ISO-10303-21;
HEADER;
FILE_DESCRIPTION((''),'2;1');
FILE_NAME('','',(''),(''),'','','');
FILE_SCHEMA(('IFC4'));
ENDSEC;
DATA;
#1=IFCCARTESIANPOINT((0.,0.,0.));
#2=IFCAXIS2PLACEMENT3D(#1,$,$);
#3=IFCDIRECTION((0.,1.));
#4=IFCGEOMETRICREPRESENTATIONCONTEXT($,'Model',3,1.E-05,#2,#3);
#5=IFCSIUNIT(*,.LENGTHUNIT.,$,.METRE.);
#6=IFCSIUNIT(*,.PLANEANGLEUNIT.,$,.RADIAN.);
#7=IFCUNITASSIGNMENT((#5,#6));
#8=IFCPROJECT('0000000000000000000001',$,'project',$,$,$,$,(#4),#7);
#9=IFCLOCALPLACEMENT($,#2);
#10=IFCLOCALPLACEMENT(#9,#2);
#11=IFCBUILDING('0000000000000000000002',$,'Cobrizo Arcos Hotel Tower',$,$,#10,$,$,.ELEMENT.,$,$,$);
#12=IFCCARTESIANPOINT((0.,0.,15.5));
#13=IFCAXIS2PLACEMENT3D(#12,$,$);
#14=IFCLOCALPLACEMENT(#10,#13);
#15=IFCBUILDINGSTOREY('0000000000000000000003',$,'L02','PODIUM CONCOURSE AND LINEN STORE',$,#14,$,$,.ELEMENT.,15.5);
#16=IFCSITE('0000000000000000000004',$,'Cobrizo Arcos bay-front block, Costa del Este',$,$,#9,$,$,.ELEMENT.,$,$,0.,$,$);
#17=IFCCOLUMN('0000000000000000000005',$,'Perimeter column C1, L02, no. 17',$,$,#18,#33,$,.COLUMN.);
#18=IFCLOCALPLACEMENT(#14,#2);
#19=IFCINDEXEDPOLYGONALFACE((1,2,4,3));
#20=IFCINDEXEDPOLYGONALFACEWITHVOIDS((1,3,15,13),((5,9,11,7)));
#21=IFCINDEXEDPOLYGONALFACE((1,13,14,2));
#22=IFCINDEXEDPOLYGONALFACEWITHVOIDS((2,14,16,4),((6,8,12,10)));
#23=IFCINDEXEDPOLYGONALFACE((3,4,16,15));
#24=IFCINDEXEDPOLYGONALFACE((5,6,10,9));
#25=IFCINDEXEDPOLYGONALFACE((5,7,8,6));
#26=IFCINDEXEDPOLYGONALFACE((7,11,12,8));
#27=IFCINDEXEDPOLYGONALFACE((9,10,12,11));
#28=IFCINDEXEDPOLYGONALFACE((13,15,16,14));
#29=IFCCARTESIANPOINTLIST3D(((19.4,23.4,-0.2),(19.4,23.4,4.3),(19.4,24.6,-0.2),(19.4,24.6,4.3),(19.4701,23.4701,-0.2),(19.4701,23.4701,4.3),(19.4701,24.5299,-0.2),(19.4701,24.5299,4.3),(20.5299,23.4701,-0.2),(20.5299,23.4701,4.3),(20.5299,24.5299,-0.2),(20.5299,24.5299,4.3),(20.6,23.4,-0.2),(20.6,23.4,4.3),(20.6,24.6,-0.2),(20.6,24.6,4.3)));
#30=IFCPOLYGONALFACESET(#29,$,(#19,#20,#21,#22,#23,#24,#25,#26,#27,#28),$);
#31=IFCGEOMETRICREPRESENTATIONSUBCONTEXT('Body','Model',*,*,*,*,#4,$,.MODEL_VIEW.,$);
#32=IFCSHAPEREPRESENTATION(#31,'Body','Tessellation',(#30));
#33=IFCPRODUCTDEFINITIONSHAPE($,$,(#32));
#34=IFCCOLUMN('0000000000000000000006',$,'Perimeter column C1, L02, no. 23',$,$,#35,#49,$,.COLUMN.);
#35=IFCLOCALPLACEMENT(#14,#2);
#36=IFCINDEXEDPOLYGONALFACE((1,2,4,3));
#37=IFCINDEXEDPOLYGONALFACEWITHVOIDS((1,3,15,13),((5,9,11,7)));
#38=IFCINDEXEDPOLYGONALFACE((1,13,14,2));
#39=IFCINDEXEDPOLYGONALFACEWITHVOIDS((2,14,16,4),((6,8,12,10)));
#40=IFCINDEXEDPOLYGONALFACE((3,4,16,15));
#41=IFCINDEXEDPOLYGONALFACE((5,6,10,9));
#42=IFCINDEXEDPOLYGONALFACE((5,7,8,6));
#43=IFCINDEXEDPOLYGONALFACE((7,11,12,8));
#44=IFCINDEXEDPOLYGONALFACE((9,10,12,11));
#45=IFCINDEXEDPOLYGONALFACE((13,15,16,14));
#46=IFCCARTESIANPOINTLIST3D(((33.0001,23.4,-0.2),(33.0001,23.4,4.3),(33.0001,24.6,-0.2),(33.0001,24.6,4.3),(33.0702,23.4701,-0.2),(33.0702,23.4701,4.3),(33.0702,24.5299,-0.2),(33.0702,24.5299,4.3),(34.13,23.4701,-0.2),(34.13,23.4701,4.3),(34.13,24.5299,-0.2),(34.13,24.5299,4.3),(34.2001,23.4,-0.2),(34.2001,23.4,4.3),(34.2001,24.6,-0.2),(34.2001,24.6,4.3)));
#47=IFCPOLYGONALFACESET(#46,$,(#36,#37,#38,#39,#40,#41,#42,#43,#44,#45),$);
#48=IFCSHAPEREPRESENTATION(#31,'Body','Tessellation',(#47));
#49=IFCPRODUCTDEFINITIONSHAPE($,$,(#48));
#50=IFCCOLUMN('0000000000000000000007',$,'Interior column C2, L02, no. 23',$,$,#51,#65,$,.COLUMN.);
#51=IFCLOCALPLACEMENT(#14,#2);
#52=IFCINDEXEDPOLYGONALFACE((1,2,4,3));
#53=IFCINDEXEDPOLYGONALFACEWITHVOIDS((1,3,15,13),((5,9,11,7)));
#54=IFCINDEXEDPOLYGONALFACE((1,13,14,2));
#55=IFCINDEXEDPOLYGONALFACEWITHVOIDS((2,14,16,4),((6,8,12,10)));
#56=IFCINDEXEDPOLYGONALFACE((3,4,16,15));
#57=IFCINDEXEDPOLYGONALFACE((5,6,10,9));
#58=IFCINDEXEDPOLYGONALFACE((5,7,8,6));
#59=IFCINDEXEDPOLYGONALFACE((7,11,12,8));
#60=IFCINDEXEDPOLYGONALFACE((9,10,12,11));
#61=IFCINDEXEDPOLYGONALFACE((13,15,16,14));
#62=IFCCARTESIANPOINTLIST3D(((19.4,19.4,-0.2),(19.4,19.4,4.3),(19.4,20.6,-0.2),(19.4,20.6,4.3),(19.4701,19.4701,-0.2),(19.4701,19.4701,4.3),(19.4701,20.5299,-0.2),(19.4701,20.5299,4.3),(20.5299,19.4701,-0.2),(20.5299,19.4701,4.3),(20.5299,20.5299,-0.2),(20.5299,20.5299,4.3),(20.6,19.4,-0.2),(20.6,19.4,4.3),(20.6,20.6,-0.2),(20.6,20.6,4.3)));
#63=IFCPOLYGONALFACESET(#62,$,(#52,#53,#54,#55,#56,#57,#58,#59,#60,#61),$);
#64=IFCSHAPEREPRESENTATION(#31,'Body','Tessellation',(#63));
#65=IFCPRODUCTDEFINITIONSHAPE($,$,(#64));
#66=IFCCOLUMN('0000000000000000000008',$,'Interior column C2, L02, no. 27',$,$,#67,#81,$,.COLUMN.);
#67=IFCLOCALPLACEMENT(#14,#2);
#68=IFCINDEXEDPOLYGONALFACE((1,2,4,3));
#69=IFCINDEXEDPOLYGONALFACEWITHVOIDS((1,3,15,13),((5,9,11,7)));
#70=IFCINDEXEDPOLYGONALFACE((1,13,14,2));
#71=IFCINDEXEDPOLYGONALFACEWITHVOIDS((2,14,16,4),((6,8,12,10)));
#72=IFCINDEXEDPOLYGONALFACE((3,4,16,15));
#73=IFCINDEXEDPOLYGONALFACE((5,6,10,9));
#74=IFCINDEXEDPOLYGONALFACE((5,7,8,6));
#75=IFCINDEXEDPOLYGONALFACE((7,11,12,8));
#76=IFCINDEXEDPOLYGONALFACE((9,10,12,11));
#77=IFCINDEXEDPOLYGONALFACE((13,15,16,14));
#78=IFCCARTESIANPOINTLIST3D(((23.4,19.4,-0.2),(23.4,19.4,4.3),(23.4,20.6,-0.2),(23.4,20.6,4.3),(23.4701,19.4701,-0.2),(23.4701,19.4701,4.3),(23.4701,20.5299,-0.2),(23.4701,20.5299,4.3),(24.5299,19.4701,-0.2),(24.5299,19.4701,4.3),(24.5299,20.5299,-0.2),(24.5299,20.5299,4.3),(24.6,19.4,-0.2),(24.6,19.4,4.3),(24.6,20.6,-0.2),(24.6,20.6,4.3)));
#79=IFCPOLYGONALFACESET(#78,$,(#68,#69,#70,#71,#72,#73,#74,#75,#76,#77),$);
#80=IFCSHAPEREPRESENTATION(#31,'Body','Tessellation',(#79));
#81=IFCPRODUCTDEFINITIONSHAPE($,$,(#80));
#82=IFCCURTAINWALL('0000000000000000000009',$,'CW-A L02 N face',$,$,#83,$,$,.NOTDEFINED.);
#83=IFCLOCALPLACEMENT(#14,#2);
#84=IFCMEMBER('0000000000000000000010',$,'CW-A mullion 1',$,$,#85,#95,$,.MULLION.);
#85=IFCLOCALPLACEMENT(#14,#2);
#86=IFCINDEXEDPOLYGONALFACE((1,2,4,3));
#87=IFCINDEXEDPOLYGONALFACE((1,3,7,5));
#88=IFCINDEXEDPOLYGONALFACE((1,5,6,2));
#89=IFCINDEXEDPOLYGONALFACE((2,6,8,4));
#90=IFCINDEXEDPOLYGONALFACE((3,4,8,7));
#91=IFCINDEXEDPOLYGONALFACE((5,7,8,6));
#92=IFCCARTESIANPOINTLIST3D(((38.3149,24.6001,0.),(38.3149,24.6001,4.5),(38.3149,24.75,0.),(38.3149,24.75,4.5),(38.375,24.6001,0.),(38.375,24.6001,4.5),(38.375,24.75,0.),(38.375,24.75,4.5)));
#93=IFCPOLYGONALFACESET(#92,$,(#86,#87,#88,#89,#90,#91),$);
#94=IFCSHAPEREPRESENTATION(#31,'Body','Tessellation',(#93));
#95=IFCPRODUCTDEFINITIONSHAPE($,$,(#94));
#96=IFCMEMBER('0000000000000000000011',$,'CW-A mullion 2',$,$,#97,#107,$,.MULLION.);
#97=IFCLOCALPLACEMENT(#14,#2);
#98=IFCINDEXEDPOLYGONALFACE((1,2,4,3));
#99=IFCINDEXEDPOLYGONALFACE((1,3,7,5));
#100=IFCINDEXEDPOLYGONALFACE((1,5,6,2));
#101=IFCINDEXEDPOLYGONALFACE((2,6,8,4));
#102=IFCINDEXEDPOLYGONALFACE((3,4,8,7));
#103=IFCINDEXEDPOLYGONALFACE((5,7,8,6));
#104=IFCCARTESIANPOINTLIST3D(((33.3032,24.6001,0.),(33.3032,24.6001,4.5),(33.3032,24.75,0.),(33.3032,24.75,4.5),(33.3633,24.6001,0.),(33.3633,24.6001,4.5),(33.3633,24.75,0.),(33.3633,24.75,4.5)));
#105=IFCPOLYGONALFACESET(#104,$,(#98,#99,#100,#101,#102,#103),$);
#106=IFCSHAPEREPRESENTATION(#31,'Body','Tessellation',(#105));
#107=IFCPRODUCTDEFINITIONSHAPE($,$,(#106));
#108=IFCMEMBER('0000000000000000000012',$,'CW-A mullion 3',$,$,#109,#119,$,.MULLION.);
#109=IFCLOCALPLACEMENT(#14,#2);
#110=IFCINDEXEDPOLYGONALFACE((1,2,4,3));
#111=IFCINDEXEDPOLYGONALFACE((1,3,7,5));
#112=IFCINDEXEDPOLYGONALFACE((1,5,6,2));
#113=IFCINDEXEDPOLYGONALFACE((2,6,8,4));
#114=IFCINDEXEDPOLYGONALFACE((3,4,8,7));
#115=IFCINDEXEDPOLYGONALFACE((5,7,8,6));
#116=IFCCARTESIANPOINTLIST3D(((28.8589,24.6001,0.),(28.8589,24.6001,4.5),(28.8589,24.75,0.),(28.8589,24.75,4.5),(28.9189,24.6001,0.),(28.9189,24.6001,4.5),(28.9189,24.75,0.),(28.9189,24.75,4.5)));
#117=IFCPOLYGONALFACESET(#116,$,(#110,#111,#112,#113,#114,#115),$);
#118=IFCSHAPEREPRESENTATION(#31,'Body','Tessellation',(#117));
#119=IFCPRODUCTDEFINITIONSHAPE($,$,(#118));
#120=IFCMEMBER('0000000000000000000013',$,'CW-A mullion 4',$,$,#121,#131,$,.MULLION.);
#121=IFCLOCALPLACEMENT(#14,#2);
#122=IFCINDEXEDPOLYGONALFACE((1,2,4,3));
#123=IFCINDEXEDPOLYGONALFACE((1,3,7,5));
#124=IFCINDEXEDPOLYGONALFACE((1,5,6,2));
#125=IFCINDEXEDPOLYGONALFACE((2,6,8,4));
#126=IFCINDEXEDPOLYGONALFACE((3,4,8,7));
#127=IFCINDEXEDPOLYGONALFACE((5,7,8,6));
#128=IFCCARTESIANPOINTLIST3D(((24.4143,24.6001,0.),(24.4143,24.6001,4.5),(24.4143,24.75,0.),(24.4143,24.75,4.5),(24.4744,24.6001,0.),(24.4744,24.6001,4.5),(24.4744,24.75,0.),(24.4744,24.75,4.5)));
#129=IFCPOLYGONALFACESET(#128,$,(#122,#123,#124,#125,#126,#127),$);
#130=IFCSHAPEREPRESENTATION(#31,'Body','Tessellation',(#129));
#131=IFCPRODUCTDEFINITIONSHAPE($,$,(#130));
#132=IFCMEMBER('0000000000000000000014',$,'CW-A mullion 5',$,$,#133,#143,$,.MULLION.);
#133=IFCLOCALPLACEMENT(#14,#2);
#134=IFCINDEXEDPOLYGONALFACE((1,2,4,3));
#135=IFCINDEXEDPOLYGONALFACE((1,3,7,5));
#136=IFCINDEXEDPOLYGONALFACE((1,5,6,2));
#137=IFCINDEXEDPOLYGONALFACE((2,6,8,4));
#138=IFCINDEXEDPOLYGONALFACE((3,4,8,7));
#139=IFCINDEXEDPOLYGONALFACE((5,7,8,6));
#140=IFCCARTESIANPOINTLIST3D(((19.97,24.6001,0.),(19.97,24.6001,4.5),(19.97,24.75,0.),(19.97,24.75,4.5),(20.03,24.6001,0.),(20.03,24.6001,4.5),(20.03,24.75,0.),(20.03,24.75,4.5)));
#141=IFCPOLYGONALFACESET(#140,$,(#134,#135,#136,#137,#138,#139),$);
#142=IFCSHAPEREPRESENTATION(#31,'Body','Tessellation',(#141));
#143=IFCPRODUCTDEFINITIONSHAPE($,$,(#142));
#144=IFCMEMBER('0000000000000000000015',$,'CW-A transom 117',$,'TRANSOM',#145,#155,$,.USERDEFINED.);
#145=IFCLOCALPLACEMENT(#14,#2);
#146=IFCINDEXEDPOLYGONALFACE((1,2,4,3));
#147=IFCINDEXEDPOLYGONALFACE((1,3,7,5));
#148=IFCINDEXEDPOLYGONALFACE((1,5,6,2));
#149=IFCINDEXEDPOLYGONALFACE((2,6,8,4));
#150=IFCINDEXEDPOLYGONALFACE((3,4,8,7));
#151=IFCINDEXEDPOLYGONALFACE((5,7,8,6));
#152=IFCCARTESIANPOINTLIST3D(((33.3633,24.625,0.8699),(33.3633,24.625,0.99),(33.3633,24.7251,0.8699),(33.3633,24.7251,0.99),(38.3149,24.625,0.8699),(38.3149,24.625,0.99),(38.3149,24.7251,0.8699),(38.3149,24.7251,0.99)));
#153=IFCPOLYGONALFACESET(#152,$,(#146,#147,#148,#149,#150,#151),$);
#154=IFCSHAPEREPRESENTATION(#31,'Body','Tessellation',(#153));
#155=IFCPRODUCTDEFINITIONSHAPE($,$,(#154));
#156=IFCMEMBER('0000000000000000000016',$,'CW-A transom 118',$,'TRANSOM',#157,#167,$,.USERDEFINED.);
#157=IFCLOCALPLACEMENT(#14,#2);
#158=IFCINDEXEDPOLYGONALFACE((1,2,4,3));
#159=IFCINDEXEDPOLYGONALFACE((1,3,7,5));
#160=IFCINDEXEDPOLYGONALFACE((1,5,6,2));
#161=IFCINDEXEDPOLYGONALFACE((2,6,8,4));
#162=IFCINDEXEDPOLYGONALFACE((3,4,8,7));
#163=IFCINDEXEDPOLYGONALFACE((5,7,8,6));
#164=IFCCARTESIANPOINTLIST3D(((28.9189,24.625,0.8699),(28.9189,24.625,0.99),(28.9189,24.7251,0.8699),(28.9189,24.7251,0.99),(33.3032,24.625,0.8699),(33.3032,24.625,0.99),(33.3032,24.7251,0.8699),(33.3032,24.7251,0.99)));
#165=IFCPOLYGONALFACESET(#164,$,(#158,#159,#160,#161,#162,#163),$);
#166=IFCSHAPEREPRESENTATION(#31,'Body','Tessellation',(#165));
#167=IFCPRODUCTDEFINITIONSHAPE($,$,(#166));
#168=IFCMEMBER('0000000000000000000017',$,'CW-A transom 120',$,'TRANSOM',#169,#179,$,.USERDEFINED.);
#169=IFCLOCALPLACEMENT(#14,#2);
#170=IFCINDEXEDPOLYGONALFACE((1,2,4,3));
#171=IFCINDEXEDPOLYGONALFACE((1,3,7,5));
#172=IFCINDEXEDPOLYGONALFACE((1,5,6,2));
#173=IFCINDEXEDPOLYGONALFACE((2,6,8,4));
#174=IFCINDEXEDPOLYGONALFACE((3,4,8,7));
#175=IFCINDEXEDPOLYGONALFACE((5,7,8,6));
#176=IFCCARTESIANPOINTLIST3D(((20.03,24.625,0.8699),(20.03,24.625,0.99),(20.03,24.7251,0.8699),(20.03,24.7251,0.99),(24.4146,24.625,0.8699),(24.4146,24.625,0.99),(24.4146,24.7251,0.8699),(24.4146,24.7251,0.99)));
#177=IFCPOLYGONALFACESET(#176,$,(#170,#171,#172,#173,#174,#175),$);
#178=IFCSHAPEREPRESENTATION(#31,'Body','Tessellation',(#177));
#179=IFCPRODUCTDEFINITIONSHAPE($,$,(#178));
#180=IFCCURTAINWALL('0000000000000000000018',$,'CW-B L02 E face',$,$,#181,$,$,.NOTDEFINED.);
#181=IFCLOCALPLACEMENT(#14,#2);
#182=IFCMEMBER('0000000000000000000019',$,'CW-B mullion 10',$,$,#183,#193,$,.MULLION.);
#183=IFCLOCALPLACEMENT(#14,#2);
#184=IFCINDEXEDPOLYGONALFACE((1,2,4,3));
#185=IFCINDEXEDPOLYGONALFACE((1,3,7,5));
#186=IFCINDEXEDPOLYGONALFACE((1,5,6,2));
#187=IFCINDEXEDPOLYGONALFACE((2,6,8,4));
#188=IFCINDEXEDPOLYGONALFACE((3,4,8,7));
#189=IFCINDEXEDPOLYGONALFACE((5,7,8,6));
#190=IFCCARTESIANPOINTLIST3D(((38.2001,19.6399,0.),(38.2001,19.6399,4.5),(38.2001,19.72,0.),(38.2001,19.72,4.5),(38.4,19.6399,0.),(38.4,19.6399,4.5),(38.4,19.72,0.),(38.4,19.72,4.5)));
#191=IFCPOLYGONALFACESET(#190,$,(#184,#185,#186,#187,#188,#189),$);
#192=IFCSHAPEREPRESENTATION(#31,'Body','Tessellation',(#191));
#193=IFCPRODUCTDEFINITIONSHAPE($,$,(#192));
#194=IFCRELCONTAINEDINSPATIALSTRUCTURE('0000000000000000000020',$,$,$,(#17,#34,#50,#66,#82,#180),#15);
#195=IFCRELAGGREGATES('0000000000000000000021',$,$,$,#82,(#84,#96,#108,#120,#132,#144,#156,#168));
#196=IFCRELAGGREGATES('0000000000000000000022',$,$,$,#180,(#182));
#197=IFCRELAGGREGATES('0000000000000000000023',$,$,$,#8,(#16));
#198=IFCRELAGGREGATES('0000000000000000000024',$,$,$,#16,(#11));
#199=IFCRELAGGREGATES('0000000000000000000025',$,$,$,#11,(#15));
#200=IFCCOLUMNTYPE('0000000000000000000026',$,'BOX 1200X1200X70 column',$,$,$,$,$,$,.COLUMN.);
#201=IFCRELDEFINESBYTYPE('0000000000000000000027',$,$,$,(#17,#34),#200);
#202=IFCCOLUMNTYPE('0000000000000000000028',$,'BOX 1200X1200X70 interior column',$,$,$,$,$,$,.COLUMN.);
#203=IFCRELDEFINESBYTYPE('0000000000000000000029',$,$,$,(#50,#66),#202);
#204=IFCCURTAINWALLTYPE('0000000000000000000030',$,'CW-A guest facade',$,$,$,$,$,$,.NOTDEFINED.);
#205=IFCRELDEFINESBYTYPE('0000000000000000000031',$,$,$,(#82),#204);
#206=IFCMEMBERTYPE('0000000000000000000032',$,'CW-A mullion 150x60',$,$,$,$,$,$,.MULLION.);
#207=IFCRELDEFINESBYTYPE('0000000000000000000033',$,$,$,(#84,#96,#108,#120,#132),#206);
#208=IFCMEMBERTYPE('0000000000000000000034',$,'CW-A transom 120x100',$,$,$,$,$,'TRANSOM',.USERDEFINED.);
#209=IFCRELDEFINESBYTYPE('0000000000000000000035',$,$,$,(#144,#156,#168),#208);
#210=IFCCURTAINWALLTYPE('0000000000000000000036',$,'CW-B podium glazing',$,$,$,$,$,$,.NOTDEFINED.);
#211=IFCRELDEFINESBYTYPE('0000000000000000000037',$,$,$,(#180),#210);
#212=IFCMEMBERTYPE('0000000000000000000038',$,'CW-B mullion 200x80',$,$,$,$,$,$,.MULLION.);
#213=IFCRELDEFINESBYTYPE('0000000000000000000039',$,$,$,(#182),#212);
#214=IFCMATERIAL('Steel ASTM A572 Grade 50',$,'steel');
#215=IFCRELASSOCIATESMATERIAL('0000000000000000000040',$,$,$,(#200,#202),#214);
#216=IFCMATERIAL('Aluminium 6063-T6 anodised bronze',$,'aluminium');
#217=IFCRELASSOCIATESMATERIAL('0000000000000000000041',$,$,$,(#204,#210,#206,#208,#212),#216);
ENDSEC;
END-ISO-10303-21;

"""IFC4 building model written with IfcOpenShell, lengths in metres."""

from ifc_helpers import new_model, si_unit, direction, frame, origin, origin_2d, place, context, subcontext, project, spatial, rectangle, hollow_rectangle, extrude, material, material_profile, profile_set, type_object, element, aggregate, save


model = new_model("IFC4")

# Units and contexts
model_context = context("Model", 3, precision=1e-05, world=origin(), true_north=direction((0.0, 1.0)))
body_context = subcontext(model_context, "Body", "Model", "MODEL_VIEW")
ifc_project = project(units=[si_unit("LENGTHUNIT", "METRE"), si_unit("PLANEANGLEUNIT", "RADIAN")], contexts=[model_context])

# Site, building, storey
site_placement = place(None, origin())
site = spatial("IfcSite", under=ifc_project, at=site_placement, Name="Cobrizo Arcos bay-front block, Costa del Este", CompositionType="ELEMENT", RefElevation=0.0)
building_placement = place(site_placement, origin())
building = spatial("IfcBuilding", under=site, at=building_placement, Name="Cobrizo Arcos Hotel Tower", CompositionType="ELEMENT")
storey_placement = place(building_placement, frame((0.0, 0.0, 15.5)))
storey = spatial("IfcBuildingStorey", under=building, at=storey_placement, Name="L02", Description="PODIUM CONCOURSE AND LINEN STORE", CompositionType="ELEMENT", Elevation=15.5)

# Columns
ifc_material_1 = material(Name="Steel ASTM A572 Grade 50", Category="steel")
ifc_material_profile_1 = material_profile(ifc_material_1, hollow_rectangle(XDim=1.2, YDim=1.2, WallThickness=0.0701, at=origin_2d()), Name="BOX 1200X1200X70")
ifc_profile_set_1 = profile_set([ifc_material_profile_1], Name="Steel ASTM A572 Grade 50")
column_type_1 = type_object("IfcColumnType", Name="BOX 1200X1200X70 column", PredefinedType="COLUMN", material=ifc_profile_set_1)
for number, where, z_axis, x_axis, name in (
    (1, (20.0, 24.0, -0.2), (0.0, 0.0, 1.0), (1.0, 0.0, 0.0), "Perimeter column C1, L02, no. 17"),
    (2, (33.6001, 24.0, -0.2), (0.0, 0.0, 1.0), (1.0, 0.0, 0.0), "Perimeter column C1, L02, no. 23"),
):
    element("IfcColumn", number, at=place(storey_placement, frame(where, z_axis=z_axis, x_axis=x_axis)), inside=storey, type_object=column_type_1, Name=name, PredefinedType="COLUMN", context=body_context, shape_type="SweptSolid", body=[
        extrude(hollow_rectangle(XDim=1.2, YDim=1.2, WallThickness=0.0701, at=origin_2d()), origin(), (0.0, 0.0, 1.0), 4.5),
    ])
ifc_material_profile_2 = material_profile(ifc_material_1, hollow_rectangle(XDim=1.2, YDim=1.2, WallThickness=0.0701, at=origin_2d()), Name="BOX 1200X1200X70")
ifc_profile_set_2 = profile_set([ifc_material_profile_2], Name="Steel ASTM A572 Grade 50")
column_type_2 = type_object("IfcColumnType", Name="BOX 1200X1200X70 interior column", PredefinedType="COLUMN", material=ifc_profile_set_2)
for number, where, z_axis, x_axis, name in (
    (3, (20.0, 20.0, -0.2), (0.0, 0.0, 1.0), (1.0, 0.0, 0.0), "Interior column C2, L02, no. 23"),
    (4, (24.0, 20.0, -0.2), (0.0, 0.0, 1.0), (1.0, 0.0, 0.0), "Interior column C2, L02, no. 27"),
):
    element("IfcColumn", number, at=place(storey_placement, frame(where, z_axis=z_axis, x_axis=x_axis)), inside=storey, type_object=column_type_2, Name=name, PredefinedType="COLUMN", context=body_context, shape_type="SweptSolid", body=[
        extrude(hollow_rectangle(XDim=1.2, YDim=1.2, WallThickness=0.0701, at=origin_2d()), origin(), (0.0, 0.0, 1.0), 4.5),
    ])

# Curtain walls, members
ifc_material_2 = material(Name="Aluminium 6063-T6 anodised bronze", Category="aluminium")
curtain_wall_type_1 = type_object("IfcCurtainWallType", Name="CW-A guest facade", PredefinedType="NOTDEFINED", material=ifc_material_2)
curtain_wall_1_placement = place(storey_placement, origin())
curtain_wall_1 = element("IfcCurtainWall", 5, at=curtain_wall_1_placement, inside=storey, type_object=curtain_wall_type_1, Name="CW-A L02 N face", PredefinedType="NOTDEFINED")
ifc_material_profile_3 = material_profile(ifc_material_2, rectangle(XDim=0.1499, YDim=0.0601, at=origin_2d()), Name="CW-A mullion 150x60")
ifc_profile_set_3 = profile_set([ifc_material_profile_3], Name="Aluminium 6063-T6 anodised bronze")
member_type_1 = type_object("IfcMemberType", Name="CW-A mullion 150x60", PredefinedType="MULLION", material=ifc_profile_set_3)
member_1_placement = place(storey_placement, frame((38.345, 24.675, 0.0), z_axis=(0.0, 0.0, 1.0), x_axis=(0.0, 1.0, 0.0)))
member_1 = element("IfcMember", 6, at=member_1_placement, type_object=member_type_1, Name="CW-A mullion 1", PredefinedType="MULLION", context=body_context, shape_type="SweptSolid", body=[
    extrude(rectangle(XDim=0.1499, YDim=0.0601, at=origin_2d()), origin(), (0.0, 0.0, 1.0), 4.5),
])
member_2_placement = place(storey_placement, frame((33.3333, 24.675, 0.0), z_axis=(0.0, 0.0, 1.0), x_axis=(0.0, 1.0, 0.0)))
member_2 = element("IfcMember", 7, at=member_2_placement, type_object=member_type_1, Name="CW-A mullion 2", PredefinedType="MULLION", context=body_context, shape_type="SweptSolid", body=[
    extrude(rectangle(XDim=0.1499, YDim=0.0601, at=origin_2d()), origin(), (0.0, 0.0, 1.0), 4.5),
])
member_3_placement = place(storey_placement, frame((28.8889, 24.675, 0.0), z_axis=(0.0, 0.0, 1.0), x_axis=(0.0, 1.0, 0.0)))
member_3 = element("IfcMember", 8, at=member_3_placement, type_object=member_type_1, Name="CW-A mullion 3", PredefinedType="MULLION", context=body_context, shape_type="SweptSolid", body=[
    extrude(rectangle(XDim=0.1499, YDim=0.0601, at=origin_2d()), origin(), (0.0, 0.0, 1.0), 4.5),
])
member_4_placement = place(storey_placement, frame((24.4443, 24.675, 0.0), z_axis=(0.0, 0.0, 1.0), x_axis=(0.0, 1.0, 0.0)))
member_4 = element("IfcMember", 9, at=member_4_placement, type_object=member_type_1, Name="CW-A mullion 4", PredefinedType="MULLION", context=body_context, shape_type="SweptSolid", body=[
    extrude(rectangle(XDim=0.1499, YDim=0.0601, at=origin_2d()), origin(), (0.0, 0.0, 1.0), 4.5),
])
member_5_placement = place(storey_placement, frame((20.0, 24.675, 0.0), z_axis=(0.0, 0.0, 1.0), x_axis=(0.0, 1.0, 0.0)))
member_5 = element("IfcMember", 10, at=member_5_placement, type_object=member_type_1, Name="CW-A mullion 5", PredefinedType="MULLION", context=body_context, shape_type="SweptSolid", body=[
    extrude(rectangle(XDim=0.1499, YDim=0.0601, at=origin_2d()), origin(), (0.0, 0.0, 1.0), 4.5),
])
ifc_material_profile_4 = material_profile(ifc_material_2, rectangle(XDim=0.1001, YDim=0.1201, at=origin_2d()), Name="CW-A transom 120x100")
ifc_profile_set_4 = profile_set([ifc_material_profile_4], Name="Aluminium 6063-T6 anodised bronze")
member_type_2 = type_object("IfcMemberType", Name="CW-A transom 120x100", ElementType="TRANSOM", PredefinedType="USERDEFINED", material=ifc_profile_set_4)
member_6_placement = place(storey_placement, frame((38.3149, 24.675, 0.9299), z_axis=(-1.0, 0.0, 0.0), x_axis=(0.0, -1.0, 0.0)))
member_6 = element("IfcMember", 11, at=member_6_placement, type_object=member_type_2, Name="CW-A transom 117", ObjectType="TRANSOM", PredefinedType="USERDEFINED", context=body_context, shape_type="SweptSolid", body=[
    extrude(rectangle(XDim=0.1001, YDim=0.1201, at=origin_2d()), origin(), (0.0, 0.0, 1.0), 4.9517),
])
member_7_placement = place(storey_placement, frame((33.3032, 24.675, 0.9299), z_axis=(-1.0, 0.0, 0.0), x_axis=(0.0, -1.0, 0.0)))
member_7 = element("IfcMember", 12, at=member_7_placement, type_object=member_type_2, Name="CW-A transom 118", ObjectType="TRANSOM", PredefinedType="USERDEFINED", context=body_context, shape_type="SweptSolid", body=[
    extrude(rectangle(XDim=0.1001, YDim=0.1201, at=origin_2d()), origin(), (0.0, 0.0, 1.0), 4.3843),
])
member_8_placement = place(storey_placement, frame((24.4146, 24.675, 0.9299), z_axis=(-1.0, 0.0, 0.0), x_axis=(0.0, -1.0, 0.0)))
member_8 = element("IfcMember", 13, at=member_8_placement, type_object=member_type_2, Name="CW-A transom 120", ObjectType="TRANSOM", PredefinedType="USERDEFINED", context=body_context, shape_type="SweptSolid", body=[
    extrude(rectangle(XDim=0.1001, YDim=0.1201, at=origin_2d()), origin(), (0.0, 0.0, 1.0), 4.3845),
])
curtain_wall_type_2 = type_object("IfcCurtainWallType", Name="CW-B podium glazing", PredefinedType="NOTDEFINED", material=ifc_material_2)
curtain_wall_2_placement = place(storey_placement, origin())
curtain_wall_2 = element("IfcCurtainWall", 14, at=curtain_wall_2_placement, inside=storey, type_object=curtain_wall_type_2, Name="CW-B L02 E face", PredefinedType="NOTDEFINED")
ifc_material_profile_5 = material_profile(ifc_material_2, rectangle(XDim=0.2, YDim=0.0801, at=origin_2d()), Name="CW-B mullion 200x80")
ifc_profile_set_5 = profile_set([ifc_material_profile_5], Name="Aluminium 6063-T6 anodised bronze")
member_type_3 = type_object("IfcMemberType", Name="CW-B mullion 200x80", PredefinedType="MULLION", material=ifc_profile_set_5)
member_9_placement = place(storey_placement, frame((38.3, 19.6799, 0.0), z_axis=(0.0, 0.0, 1.0), x_axis=(1.0, 0.0, 0.0)))
member_9 = element("IfcMember", 15, at=member_9_placement, type_object=member_type_3, Name="CW-B mullion 10", PredefinedType="MULLION", context=body_context, shape_type="SweptSolid", body=[
    extrude(rectangle(XDim=0.2, YDim=0.0801, at=origin_2d()), origin(), (0.0, 0.0, 1.0), 4.5),
])

aggregate(curtain_wall_1, [member_1, member_2, member_3, member_4, member_5, member_6, member_7, member_8])
aggregate(curtain_wall_2, [member_9])

save(model, "model.ifc")
